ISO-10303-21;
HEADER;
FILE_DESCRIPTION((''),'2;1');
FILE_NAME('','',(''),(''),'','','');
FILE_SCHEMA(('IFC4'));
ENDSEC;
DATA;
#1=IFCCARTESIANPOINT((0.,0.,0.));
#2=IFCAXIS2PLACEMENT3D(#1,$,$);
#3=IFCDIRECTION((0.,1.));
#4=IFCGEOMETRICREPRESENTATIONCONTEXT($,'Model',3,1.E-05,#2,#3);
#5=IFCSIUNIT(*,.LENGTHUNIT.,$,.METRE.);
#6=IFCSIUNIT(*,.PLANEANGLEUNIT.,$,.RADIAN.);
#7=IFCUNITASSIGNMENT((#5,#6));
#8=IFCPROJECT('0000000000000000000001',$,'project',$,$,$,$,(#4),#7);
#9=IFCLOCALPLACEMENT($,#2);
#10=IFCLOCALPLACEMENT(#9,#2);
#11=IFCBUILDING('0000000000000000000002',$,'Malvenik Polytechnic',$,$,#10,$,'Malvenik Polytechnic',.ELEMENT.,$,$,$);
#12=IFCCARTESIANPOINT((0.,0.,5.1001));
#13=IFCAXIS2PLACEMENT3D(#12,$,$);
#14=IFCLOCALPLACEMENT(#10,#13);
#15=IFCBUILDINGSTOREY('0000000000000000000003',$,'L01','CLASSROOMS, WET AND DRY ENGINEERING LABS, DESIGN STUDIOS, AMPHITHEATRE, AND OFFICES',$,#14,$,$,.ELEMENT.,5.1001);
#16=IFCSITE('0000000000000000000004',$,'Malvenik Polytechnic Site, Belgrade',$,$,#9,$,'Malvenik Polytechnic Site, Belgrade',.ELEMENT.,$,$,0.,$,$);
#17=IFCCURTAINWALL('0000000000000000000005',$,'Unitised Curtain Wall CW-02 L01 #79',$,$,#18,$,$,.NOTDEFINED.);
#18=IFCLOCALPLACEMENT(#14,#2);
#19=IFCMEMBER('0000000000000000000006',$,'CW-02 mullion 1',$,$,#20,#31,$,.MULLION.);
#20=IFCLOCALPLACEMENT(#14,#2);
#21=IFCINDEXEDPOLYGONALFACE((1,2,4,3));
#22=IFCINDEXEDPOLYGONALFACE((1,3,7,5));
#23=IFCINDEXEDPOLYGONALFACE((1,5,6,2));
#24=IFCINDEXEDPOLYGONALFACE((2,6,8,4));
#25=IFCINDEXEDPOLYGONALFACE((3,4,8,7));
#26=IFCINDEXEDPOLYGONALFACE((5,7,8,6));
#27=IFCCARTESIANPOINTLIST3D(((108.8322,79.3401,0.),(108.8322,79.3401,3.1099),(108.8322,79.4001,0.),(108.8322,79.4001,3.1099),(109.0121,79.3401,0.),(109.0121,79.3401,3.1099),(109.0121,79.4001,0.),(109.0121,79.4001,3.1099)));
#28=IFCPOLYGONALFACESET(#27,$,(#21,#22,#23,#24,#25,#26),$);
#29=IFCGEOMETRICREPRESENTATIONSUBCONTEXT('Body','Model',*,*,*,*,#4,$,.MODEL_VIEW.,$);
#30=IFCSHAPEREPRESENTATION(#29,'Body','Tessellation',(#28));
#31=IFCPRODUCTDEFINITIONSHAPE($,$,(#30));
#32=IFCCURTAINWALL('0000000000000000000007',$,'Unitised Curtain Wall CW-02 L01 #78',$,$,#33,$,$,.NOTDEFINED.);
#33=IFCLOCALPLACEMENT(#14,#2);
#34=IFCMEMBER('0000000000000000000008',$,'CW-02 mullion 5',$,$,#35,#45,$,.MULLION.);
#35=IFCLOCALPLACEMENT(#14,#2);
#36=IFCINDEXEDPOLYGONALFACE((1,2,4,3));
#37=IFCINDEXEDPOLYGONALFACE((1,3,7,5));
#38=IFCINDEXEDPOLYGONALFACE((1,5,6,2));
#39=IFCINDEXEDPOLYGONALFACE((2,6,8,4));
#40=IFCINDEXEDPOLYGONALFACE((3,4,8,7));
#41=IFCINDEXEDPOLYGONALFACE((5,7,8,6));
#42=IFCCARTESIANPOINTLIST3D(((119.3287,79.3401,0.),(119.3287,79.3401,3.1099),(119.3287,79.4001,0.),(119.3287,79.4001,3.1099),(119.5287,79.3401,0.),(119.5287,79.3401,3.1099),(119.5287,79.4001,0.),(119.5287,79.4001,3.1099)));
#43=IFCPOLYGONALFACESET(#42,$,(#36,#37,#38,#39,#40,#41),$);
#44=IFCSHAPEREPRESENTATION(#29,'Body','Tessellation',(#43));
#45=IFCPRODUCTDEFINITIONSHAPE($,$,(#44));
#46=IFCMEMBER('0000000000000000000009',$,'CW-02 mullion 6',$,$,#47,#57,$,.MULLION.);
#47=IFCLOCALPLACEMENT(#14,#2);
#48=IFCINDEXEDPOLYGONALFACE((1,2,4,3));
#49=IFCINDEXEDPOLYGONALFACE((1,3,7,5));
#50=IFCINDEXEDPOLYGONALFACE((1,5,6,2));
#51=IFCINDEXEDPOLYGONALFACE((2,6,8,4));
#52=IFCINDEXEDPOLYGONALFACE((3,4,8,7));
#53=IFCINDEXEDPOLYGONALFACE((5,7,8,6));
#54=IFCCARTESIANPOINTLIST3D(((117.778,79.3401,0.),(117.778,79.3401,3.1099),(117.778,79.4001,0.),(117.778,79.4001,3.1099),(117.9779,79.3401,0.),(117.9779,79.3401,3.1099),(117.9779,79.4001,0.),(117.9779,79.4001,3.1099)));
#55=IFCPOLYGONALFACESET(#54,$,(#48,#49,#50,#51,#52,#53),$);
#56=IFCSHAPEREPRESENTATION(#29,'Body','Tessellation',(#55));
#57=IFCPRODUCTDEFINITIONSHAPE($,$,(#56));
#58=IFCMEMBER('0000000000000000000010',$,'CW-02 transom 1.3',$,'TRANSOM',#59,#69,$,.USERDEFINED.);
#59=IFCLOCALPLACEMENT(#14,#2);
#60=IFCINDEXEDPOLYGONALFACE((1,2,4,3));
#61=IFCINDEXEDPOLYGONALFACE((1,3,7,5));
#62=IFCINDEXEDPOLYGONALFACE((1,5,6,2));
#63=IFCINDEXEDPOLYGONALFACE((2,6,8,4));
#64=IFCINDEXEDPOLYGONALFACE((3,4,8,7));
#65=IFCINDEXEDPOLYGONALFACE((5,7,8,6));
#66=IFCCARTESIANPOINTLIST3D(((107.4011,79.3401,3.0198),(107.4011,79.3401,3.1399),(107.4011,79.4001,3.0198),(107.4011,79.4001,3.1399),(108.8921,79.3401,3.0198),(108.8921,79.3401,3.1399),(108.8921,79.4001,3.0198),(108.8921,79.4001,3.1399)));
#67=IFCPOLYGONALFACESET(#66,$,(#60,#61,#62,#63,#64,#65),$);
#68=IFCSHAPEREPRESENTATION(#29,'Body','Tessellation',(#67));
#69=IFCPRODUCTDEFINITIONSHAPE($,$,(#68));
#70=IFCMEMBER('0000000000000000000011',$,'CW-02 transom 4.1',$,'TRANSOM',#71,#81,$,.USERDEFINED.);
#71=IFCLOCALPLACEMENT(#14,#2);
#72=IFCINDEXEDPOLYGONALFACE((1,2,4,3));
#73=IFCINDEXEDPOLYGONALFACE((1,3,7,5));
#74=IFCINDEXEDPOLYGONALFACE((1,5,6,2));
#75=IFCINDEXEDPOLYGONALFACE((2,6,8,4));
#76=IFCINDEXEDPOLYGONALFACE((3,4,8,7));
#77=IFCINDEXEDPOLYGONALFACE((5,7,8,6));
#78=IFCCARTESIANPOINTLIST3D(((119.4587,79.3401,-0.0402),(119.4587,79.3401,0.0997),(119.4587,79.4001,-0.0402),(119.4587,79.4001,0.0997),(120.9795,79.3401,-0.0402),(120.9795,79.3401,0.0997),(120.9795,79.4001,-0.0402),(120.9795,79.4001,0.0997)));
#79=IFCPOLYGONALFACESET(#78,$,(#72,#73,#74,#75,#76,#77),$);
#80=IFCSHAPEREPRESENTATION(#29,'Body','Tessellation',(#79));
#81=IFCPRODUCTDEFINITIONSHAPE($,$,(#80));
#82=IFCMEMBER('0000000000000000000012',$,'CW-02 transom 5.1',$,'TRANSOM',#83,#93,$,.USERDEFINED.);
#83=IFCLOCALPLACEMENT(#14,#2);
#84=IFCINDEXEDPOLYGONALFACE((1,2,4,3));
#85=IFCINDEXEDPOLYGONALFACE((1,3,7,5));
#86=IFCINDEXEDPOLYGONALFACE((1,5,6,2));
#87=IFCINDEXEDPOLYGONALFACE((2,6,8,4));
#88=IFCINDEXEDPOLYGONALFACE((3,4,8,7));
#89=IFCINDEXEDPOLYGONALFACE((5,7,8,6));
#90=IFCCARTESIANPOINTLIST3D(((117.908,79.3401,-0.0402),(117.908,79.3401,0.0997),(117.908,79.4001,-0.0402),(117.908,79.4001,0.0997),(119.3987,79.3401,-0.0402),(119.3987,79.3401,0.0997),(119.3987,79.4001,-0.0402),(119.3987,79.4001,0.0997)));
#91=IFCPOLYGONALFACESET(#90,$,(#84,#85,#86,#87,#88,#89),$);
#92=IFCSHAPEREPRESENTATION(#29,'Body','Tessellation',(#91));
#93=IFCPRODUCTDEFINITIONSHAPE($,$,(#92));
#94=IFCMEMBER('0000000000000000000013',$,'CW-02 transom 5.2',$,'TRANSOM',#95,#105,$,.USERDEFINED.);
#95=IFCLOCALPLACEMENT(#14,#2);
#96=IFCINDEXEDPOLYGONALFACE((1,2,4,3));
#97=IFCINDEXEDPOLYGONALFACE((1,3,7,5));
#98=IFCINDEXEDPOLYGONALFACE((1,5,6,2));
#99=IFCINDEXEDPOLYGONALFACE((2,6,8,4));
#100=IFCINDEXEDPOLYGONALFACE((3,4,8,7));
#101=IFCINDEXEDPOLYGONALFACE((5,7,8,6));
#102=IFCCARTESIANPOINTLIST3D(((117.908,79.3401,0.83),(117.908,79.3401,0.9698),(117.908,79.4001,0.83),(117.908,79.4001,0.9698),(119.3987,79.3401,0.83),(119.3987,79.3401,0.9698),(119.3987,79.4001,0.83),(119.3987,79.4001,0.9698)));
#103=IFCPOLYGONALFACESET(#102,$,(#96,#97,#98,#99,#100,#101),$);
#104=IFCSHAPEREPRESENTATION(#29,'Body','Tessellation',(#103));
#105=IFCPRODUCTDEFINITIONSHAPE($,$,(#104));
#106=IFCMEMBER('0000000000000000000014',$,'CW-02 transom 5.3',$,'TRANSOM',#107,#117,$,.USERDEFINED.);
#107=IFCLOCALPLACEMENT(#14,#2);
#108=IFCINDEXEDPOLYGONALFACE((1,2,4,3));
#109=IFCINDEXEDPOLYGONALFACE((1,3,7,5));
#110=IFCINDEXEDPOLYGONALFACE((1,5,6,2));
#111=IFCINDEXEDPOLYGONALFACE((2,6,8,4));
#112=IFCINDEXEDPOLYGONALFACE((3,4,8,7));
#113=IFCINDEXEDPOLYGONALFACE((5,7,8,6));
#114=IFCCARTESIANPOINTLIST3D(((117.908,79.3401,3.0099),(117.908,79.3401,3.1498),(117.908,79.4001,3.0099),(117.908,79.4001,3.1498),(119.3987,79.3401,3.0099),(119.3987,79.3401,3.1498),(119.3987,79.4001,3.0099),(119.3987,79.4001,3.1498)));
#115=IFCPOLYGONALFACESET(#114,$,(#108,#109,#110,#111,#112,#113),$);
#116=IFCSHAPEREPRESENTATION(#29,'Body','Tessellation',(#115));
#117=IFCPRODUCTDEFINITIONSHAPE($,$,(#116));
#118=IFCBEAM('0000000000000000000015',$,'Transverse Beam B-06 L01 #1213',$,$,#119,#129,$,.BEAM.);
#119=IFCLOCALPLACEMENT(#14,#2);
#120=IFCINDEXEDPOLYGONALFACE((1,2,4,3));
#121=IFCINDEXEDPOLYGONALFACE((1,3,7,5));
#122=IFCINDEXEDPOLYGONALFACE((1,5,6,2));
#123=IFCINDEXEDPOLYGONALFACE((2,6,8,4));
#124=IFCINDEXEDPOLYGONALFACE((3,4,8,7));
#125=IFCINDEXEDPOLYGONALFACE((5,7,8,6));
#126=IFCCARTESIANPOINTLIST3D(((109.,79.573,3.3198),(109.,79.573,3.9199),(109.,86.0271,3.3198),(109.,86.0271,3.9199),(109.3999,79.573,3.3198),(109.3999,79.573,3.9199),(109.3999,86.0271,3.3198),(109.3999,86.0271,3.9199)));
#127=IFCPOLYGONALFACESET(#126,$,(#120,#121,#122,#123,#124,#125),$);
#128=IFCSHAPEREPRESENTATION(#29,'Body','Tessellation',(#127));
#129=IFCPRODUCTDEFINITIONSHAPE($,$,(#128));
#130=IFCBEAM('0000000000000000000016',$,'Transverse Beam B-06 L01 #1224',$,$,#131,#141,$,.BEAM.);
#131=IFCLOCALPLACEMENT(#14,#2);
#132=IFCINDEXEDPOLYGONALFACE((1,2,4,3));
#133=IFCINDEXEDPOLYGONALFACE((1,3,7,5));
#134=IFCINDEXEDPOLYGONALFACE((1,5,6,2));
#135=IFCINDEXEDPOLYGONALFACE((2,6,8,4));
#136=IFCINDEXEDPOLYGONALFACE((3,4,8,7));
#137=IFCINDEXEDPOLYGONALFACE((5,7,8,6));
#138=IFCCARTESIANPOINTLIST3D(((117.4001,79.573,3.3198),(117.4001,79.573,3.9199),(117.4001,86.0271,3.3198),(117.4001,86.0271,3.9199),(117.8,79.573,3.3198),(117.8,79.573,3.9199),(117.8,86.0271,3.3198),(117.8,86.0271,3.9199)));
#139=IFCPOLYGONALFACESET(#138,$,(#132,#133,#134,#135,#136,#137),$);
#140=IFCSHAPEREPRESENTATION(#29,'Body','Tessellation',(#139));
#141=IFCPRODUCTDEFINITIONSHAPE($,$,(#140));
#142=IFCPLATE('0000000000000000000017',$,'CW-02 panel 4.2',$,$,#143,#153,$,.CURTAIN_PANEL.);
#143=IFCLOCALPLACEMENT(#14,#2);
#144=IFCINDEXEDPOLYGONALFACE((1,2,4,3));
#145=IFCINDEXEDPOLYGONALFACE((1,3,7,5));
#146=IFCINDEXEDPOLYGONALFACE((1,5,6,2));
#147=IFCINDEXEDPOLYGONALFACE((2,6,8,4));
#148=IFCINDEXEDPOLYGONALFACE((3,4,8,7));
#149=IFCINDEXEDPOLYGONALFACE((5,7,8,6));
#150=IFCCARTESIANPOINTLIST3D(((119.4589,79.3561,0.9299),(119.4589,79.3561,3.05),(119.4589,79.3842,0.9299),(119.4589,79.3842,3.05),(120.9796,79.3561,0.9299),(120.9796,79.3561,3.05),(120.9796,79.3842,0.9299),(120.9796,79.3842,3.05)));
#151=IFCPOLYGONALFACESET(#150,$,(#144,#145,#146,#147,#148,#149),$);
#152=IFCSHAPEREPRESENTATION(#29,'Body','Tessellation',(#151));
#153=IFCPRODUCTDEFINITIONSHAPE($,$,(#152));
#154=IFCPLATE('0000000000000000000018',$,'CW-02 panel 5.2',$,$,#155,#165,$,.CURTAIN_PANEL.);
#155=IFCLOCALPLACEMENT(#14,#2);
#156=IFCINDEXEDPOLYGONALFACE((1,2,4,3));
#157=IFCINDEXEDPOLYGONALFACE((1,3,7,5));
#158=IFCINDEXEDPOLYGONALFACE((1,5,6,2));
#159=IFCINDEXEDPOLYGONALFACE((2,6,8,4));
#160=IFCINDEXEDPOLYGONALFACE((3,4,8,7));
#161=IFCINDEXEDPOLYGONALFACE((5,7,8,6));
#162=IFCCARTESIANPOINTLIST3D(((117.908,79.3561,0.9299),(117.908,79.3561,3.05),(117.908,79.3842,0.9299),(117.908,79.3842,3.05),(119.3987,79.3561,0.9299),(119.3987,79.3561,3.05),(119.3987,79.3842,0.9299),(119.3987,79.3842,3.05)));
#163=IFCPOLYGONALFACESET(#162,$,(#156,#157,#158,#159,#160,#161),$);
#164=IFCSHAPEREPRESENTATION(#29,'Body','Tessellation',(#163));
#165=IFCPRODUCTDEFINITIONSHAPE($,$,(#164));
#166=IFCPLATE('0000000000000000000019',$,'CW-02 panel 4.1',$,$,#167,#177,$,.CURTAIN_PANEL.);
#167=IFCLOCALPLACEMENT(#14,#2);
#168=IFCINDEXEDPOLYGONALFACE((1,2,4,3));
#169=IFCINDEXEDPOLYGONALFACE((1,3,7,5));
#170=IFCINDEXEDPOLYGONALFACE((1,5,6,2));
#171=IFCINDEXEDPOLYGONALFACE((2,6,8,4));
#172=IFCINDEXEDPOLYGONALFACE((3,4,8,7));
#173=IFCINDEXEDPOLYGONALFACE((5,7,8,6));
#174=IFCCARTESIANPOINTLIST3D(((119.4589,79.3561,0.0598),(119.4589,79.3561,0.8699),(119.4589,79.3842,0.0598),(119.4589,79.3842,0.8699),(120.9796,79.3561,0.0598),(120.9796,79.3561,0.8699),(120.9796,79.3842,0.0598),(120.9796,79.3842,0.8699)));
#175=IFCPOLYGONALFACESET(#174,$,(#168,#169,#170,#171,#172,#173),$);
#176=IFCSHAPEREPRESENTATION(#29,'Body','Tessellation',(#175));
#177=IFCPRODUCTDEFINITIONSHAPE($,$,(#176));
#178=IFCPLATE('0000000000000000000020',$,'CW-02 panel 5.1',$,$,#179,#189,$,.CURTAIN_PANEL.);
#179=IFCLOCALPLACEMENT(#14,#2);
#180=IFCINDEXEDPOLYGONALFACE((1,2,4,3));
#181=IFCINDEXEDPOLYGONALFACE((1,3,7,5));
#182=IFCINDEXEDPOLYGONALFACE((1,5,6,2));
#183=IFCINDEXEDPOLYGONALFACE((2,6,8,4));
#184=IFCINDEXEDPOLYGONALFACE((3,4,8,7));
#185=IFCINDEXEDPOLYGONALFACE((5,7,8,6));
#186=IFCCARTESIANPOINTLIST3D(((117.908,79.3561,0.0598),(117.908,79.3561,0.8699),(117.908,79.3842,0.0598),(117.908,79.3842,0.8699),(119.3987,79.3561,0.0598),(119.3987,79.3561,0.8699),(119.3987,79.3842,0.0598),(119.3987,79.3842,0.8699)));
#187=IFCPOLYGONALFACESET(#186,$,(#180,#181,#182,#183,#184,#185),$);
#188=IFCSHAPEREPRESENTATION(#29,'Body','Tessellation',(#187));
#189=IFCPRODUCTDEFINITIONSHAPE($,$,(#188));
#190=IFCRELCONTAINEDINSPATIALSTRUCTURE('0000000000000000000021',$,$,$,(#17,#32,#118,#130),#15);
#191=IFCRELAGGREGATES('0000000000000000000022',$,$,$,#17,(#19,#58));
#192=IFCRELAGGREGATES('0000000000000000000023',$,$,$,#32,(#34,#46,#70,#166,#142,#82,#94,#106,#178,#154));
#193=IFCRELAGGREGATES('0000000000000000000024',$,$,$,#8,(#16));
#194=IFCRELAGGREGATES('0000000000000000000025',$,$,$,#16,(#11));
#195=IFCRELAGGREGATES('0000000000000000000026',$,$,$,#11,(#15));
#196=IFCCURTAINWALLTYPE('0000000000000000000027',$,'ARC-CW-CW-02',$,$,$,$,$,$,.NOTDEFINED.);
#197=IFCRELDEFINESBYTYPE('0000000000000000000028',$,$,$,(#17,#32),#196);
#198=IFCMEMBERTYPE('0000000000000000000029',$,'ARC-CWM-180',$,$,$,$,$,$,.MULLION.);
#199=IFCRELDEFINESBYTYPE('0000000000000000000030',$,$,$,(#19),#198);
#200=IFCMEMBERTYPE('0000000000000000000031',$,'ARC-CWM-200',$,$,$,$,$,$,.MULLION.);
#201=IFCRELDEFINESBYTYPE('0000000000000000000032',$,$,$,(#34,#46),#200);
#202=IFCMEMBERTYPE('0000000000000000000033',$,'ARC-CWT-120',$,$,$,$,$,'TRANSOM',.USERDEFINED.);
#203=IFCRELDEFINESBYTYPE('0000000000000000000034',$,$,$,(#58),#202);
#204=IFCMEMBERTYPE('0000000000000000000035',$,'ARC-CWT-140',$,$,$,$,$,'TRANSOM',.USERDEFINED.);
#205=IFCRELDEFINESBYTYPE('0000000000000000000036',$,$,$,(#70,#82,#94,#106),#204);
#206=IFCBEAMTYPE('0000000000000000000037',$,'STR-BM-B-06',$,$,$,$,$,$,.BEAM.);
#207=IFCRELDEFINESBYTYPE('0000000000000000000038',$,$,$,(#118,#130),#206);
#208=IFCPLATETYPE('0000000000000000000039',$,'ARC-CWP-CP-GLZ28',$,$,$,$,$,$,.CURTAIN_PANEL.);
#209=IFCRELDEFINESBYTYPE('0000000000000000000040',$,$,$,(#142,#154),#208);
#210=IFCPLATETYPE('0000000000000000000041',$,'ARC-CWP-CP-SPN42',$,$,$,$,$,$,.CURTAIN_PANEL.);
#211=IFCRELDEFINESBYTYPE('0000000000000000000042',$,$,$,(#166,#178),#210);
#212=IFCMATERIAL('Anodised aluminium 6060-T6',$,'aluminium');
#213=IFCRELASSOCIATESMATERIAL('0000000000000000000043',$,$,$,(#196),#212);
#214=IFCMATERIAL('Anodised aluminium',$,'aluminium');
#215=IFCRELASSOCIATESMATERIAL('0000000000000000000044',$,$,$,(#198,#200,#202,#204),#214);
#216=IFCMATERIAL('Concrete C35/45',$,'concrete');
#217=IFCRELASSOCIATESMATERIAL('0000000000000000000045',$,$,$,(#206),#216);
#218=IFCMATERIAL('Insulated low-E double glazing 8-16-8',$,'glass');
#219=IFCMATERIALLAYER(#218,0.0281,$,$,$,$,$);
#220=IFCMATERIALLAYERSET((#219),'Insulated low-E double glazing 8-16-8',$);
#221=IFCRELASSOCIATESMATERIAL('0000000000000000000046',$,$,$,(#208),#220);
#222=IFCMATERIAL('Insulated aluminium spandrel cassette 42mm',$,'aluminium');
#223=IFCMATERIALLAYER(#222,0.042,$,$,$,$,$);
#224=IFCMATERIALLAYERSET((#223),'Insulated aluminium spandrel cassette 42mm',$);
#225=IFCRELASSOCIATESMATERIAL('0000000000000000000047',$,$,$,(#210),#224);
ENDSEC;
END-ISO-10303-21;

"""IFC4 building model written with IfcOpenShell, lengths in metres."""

from ifc_helpers import new_model, si_unit, direction, frame, origin, origin_2d, place, context, subcontext, project, spatial, rectangle, extrude, material, layer, layer_set, material_profile, profile_set, type_object, element, aggregate, save


model = new_model("IFC4")

# Units and contexts
model_context = context("Model", 3, precision=1e-05, world=origin(), true_north=direction((0.0, 1.0)))
body_context = subcontext(model_context, "Body", "Model", "MODEL_VIEW")
ifc_project = project(units=[si_unit("LENGTHUNIT", "METRE"), si_unit("PLANEANGLEUNIT", "RADIAN")], contexts=[model_context])

# Site, building, storey
site_placement = place(None, origin())
site = spatial("IfcSite", under=ifc_project, at=site_placement, Name="Malvenik Polytechnic Site, Belgrade", LongName="Malvenik Polytechnic Site, Belgrade", CompositionType="ELEMENT", RefElevation=0.0)
building_placement = place(site_placement, origin())
building = spatial("IfcBuilding", under=site, at=building_placement, Name="Malvenik Polytechnic", LongName="Malvenik Polytechnic", CompositionType="ELEMENT")
storey_placement = place(building_placement, frame((0.0, 0.0, 5.1001)))
storey = spatial("IfcBuildingStorey", under=building, at=storey_placement, Name="L01", Description="CLASSROOMS, WET AND DRY ENGINEERING LABS, DESIGN STUDIOS, AMPHITHEATRE, AND OFFICES", CompositionType="ELEMENT", Elevation=5.1001)

# Curtain wall, member
ifc_material_1 = material(Name="Anodised aluminium 6060-T6", Category="aluminium")
curtain_wall_type = type_object("IfcCurtainWallType", Name="ARC-CW-CW-02", PredefinedType="NOTDEFINED", material=ifc_material_1)
curtain_wall_1_placement = place(storey_placement, origin())
curtain_wall_1 = element("IfcCurtainWall", 1, at=curtain_wall_1_placement, inside=storey, type_object=curtain_wall_type, Name="Unitised Curtain Wall CW-02 L01 #79", PredefinedType="NOTDEFINED")
ifc_material_2 = material(Name="Anodised aluminium", Category="aluminium")
ifc_material_profile_1 = material_profile(ifc_material_2, rectangle(XDim=0.0601, YDim=0.1799, at=origin_2d()), Name="ALU MULLION 60x180")
ifc_profile_set_1 = profile_set([ifc_material_profile_1], Name="Anodised aluminium")
member_type_1 = type_object("IfcMemberType", Name="ARC-CWM-180", PredefinedType="MULLION", material=ifc_profile_set_1)
member_1_placement = place(storey_placement, frame((108.9221, 79.3701, 0.0), z_axis=(0.0, 0.0, 1.0), x_axis=(0.0, -1.0, 0.0)))
member_1 = element("IfcMember", 2, at=member_1_placement, type_object=member_type_1, Name="CW-02 mullion 1", PredefinedType="MULLION", context=body_context, shape_type="SweptSolid", body=[
    extrude(rectangle(XDim=0.0601, YDim=0.1799, at=origin_2d()), origin(), (0.0, 0.0, 1.0), 3.1099),
])

# Curtain wall, members
curtain_wall_2_placement = place(storey_placement, origin())
curtain_wall_2 = element("IfcCurtainWall", 3, at=curtain_wall_2_placement, inside=storey, type_object=curtain_wall_type, Name="Unitised Curtain Wall CW-02 L01 #78", PredefinedType="NOTDEFINED")
ifc_material_profile_2 = material_profile(ifc_material_2, rectangle(XDim=0.0601, YDim=0.2, at=origin_2d()), Name="ALU MULLION 60x200")
ifc_profile_set_2 = profile_set([ifc_material_profile_2], Name="Anodised aluminium")
member_type_2 = type_object("IfcMemberType", Name="ARC-CWM-200", PredefinedType="MULLION", material=ifc_profile_set_2)
member_2_placement = place(storey_placement, frame((119.4287, 79.3701, 0.0), z_axis=(0.0, 0.0, 1.0), x_axis=(0.0, -1.0, 0.0)))
member_2 = element("IfcMember", 4, at=member_2_placement, type_object=member_type_2, Name="CW-02 mullion 5", PredefinedType="MULLION", context=body_context, shape_type="SweptSolid", body=[
    extrude(rectangle(XDim=0.0601, YDim=0.2, at=origin_2d()), origin(), (0.0, 0.0, 1.0), 3.1099),
])
member_3_placement = place(storey_placement, frame((117.8779, 79.3701, 0.0), z_axis=(0.0, 0.0, 1.0), x_axis=(0.0, -1.0, 0.0)))
member_3 = element("IfcMember", 5, at=member_3_placement, type_object=member_type_2, Name="CW-02 mullion 6", PredefinedType="MULLION", context=body_context, shape_type="SweptSolid", body=[
    extrude(rectangle(XDim=0.0601, YDim=0.2, at=origin_2d()), origin(), (0.0, 0.0, 1.0), 3.1099),
])

# Members
ifc_material_profile_3 = material_profile(ifc_material_2, rectangle(XDim=0.0601, YDim=0.1201, at=origin_2d()), Name="ALU TRANSOM 60x120")
ifc_profile_set_3 = profile_set([ifc_material_profile_3], Name="Anodised aluminium")
member_type_3 = type_object("IfcMemberType", Name="ARC-CWT-120", ElementType="TRANSOM", PredefinedType="USERDEFINED", material=ifc_profile_set_3)
member_4_placement = place(storey_placement, frame((108.8921, 79.3701, 3.0798), z_axis=(-1.0, 0.0, 0.0), x_axis=(0.0, -1.0, 0.0)))
member_4 = element("IfcMember", 6, at=member_4_placement, type_object=member_type_3, Name="CW-02 transom 1.3", ObjectType="TRANSOM", PredefinedType="USERDEFINED", context=body_context, shape_type="SweptSolid", body=[
    extrude(rectangle(XDim=0.0601, YDim=0.1201, at=origin_2d()), origin(), (0.0, 0.0, 1.0), 1.491),
])
aggregate(curtain_wall_1, [member_1, member_4])
ifc_material_profile_4 = material_profile(ifc_material_2, rectangle(XDim=0.0601, YDim=0.1399, at=origin_2d()), Name="ALU TRANSOM 60x140")
ifc_profile_set_4 = profile_set([ifc_material_profile_4], Name="Anodised aluminium")
member_type_4 = type_object("IfcMemberType", Name="ARC-CWT-140", ElementType="TRANSOM", PredefinedType="USERDEFINED", material=ifc_profile_set_4)
member_5_placement = place(storey_placement, frame((120.9795, 79.3701, 0.0298), z_axis=(-1.0, 0.0, 0.0), x_axis=(0.0, -1.0, 0.0)))
member_5 = element("IfcMember", 7, at=member_5_placement, type_object=member_type_4, Name="CW-02 transom 4.1", ObjectType="TRANSOM", PredefinedType="USERDEFINED", context=body_context, shape_type="SweptSolid", body=[
    extrude(rectangle(XDim=0.0601, YDim=0.1399, at=origin_2d()), origin(), (0.0, 0.0, 1.0), 1.5208),
])
member_6_placement = place(storey_placement, frame((119.3987, 79.3701, 0.0298), z_axis=(-1.0, 0.0, 0.0), x_axis=(0.0, -1.0, 0.0)))
member_6 = element("IfcMember", 8, at=member_6_placement, type_object=member_type_4, Name="CW-02 transom 5.1", ObjectType="TRANSOM", PredefinedType="USERDEFINED", context=body_context, shape_type="SweptSolid", body=[
    extrude(rectangle(XDim=0.0601, YDim=0.1399, at=origin_2d()), origin(), (0.0, 0.0, 1.0), 1.4907),
])
member_7_placement = place(storey_placement, frame((119.3987, 79.3701, 0.8999), z_axis=(-1.0, 0.0, 0.0), x_axis=(0.0, -1.0, 0.0)))
member_7 = element("IfcMember", 9, at=member_7_placement, type_object=member_type_4, Name="CW-02 transom 5.2", ObjectType="TRANSOM", PredefinedType="USERDEFINED", context=body_context, shape_type="SweptSolid", body=[
    extrude(rectangle(XDim=0.0601, YDim=0.1399, at=origin_2d()), origin(), (0.0, 0.0, 1.0), 1.4907),
])
member_8_placement = place(storey_placement, frame((119.3987, 79.3701, 3.0798), z_axis=(-1.0, 0.0, 0.0), x_axis=(0.0, -1.0, 0.0)))
member_8 = element("IfcMember", 10, at=member_8_placement, type_object=member_type_4, Name="CW-02 transom 5.3", ObjectType="TRANSOM", PredefinedType="USERDEFINED", context=body_context, shape_type="SweptSolid", body=[
    extrude(rectangle(XDim=0.0601, YDim=0.1399, at=origin_2d()), origin(), (0.0, 0.0, 1.0), 1.4907),
])

# Beams
ifc_material_3 = material(Name="Concrete C35/45", Category="concrete")
ifc_material_profile_5 = material_profile(ifc_material_3, rectangle(XDim=0.3999, YDim=0.6001, at=origin_2d()), Name="RC BM 400x600")
ifc_profile_set_5 = profile_set([ifc_material_profile_5], Name="Concrete C35/45")
beam_type = type_object("IfcBeamType", Name="STR-BM-B-06", PredefinedType="BEAM", material=ifc_profile_set_5)
for number, where, z_axis, x_axis, name in (
    (11, (109.2, 79.573, 3.6199), (0.0, 1.0, 0.0), (-1.0, 0.0, 0.0), "Transverse Beam B-06 L01 #1213"),
    (12, (117.6001, 79.573, 3.6199), (0.0, 1.0, 0.0), (-1.0, 0.0, 0.0), "Transverse Beam B-06 L01 #1224"),
):
    element("IfcBeam", number, at=place(storey_placement, frame(where, z_axis=z_axis, x_axis=x_axis)), inside=storey, type_object=beam_type, Name=name, PredefinedType="BEAM", context=body_context, shape_type="SweptSolid", body=[
        extrude(rectangle(XDim=0.3999, YDim=0.6001, at=origin_2d()), origin(), (0.0, 0.0, 1.0), 6.4541),
    ])

# Plates
ifc_material_4 = material(Name="Insulated low-E double glazing 8-16-8", Category="glass")
ifc_layer_1 = layer(ifc_material_4, 0.0281)
ifc_layer_set_1 = layer_set([ifc_layer_1], Name="Insulated low-E double glazing 8-16-8")
plate_type_1 = type_object("IfcPlateType", Name="ARC-CWP-CP-GLZ28", PredefinedType="CURTAIN_PANEL", material=ifc_layer_set_1)
plate_1_placement = place(storey_placement, frame((120.2192, 79.3701, 0.9299), z_axis=(0.0, 0.0, 1.0), x_axis=(-1.0, 0.0, 0.0)))
plate_1 = element("IfcPlate", 13, at=plate_1_placement, type_object=plate_type_1, Name="CW-02 panel 4.2", PredefinedType="CURTAIN_PANEL", context=body_context, shape_type="SweptSolid", body=[
    extrude(rectangle(XDim=1.5208, YDim=0.0281, at=origin_2d()), origin(), (0.0, 0.0, 1.0), 2.1201),
])
plate_2_placement = place(storey_placement, frame((118.6533, 79.3701, 0.9299), z_axis=(0.0, 0.0, 1.0), x_axis=(-1.0, 0.0, 0.0)))
plate_2 = element("IfcPlate", 14, at=plate_2_placement, type_object=plate_type_1, Name="CW-02 panel 5.2", PredefinedType="CURTAIN_PANEL", context=body_context, shape_type="SweptSolid", body=[
    extrude(rectangle(XDim=1.4907, YDim=0.0281, at=origin_2d()), origin(), (0.0, 0.0, 1.0), 2.1201),
])
ifc_material_5 = material(Name="Insulated aluminium spandrel cassette 42mm", Category="aluminium")
ifc_layer_2 = layer(ifc_material_5, 0.042)
ifc_layer_set_2 = layer_set([ifc_layer_2], Name="Insulated aluminium spandrel cassette 42mm")
plate_type_2 = type_object("IfcPlateType", Name="ARC-CWP-CP-SPN42", PredefinedType="CURTAIN_PANEL", material=ifc_layer_set_2)
plate_3_placement = place(storey_placement, frame((120.2192, 79.3701, 0.0598), z_axis=(0.0, 0.0, 1.0), x_axis=(-1.0, 0.0, 0.0)))
plate_3 = element("IfcPlate", 15, at=plate_3_placement, type_object=plate_type_2, Name="CW-02 panel 4.1", PredefinedType="CURTAIN_PANEL", context=body_context, shape_type="SweptSolid", body=[
    extrude(rectangle(XDim=1.5208, YDim=0.0281, at=origin_2d()), origin(), (0.0, 0.0, 1.0), 0.8101),
])
plate_4_placement = place(storey_placement, frame((118.6533, 79.3701, 0.0598), z_axis=(0.0, 0.0, 1.0), x_axis=(-1.0, 0.0, 0.0)))
plate_4 = element("IfcPlate", 16, at=plate_4_placement, type_object=plate_type_2, Name="CW-02 panel 5.1", PredefinedType="CURTAIN_PANEL", context=body_context, shape_type="SweptSolid", body=[
    extrude(rectangle(XDim=1.4907, YDim=0.0281, at=origin_2d()), origin(), (0.0, 0.0, 1.0), 0.8101),
])
aggregate(curtain_wall_2, [member_2, member_3, member_5, plate_3, plate_1, member_6, member_7, member_8, plate_4, plate_2])

save(model, "model.ifc")
